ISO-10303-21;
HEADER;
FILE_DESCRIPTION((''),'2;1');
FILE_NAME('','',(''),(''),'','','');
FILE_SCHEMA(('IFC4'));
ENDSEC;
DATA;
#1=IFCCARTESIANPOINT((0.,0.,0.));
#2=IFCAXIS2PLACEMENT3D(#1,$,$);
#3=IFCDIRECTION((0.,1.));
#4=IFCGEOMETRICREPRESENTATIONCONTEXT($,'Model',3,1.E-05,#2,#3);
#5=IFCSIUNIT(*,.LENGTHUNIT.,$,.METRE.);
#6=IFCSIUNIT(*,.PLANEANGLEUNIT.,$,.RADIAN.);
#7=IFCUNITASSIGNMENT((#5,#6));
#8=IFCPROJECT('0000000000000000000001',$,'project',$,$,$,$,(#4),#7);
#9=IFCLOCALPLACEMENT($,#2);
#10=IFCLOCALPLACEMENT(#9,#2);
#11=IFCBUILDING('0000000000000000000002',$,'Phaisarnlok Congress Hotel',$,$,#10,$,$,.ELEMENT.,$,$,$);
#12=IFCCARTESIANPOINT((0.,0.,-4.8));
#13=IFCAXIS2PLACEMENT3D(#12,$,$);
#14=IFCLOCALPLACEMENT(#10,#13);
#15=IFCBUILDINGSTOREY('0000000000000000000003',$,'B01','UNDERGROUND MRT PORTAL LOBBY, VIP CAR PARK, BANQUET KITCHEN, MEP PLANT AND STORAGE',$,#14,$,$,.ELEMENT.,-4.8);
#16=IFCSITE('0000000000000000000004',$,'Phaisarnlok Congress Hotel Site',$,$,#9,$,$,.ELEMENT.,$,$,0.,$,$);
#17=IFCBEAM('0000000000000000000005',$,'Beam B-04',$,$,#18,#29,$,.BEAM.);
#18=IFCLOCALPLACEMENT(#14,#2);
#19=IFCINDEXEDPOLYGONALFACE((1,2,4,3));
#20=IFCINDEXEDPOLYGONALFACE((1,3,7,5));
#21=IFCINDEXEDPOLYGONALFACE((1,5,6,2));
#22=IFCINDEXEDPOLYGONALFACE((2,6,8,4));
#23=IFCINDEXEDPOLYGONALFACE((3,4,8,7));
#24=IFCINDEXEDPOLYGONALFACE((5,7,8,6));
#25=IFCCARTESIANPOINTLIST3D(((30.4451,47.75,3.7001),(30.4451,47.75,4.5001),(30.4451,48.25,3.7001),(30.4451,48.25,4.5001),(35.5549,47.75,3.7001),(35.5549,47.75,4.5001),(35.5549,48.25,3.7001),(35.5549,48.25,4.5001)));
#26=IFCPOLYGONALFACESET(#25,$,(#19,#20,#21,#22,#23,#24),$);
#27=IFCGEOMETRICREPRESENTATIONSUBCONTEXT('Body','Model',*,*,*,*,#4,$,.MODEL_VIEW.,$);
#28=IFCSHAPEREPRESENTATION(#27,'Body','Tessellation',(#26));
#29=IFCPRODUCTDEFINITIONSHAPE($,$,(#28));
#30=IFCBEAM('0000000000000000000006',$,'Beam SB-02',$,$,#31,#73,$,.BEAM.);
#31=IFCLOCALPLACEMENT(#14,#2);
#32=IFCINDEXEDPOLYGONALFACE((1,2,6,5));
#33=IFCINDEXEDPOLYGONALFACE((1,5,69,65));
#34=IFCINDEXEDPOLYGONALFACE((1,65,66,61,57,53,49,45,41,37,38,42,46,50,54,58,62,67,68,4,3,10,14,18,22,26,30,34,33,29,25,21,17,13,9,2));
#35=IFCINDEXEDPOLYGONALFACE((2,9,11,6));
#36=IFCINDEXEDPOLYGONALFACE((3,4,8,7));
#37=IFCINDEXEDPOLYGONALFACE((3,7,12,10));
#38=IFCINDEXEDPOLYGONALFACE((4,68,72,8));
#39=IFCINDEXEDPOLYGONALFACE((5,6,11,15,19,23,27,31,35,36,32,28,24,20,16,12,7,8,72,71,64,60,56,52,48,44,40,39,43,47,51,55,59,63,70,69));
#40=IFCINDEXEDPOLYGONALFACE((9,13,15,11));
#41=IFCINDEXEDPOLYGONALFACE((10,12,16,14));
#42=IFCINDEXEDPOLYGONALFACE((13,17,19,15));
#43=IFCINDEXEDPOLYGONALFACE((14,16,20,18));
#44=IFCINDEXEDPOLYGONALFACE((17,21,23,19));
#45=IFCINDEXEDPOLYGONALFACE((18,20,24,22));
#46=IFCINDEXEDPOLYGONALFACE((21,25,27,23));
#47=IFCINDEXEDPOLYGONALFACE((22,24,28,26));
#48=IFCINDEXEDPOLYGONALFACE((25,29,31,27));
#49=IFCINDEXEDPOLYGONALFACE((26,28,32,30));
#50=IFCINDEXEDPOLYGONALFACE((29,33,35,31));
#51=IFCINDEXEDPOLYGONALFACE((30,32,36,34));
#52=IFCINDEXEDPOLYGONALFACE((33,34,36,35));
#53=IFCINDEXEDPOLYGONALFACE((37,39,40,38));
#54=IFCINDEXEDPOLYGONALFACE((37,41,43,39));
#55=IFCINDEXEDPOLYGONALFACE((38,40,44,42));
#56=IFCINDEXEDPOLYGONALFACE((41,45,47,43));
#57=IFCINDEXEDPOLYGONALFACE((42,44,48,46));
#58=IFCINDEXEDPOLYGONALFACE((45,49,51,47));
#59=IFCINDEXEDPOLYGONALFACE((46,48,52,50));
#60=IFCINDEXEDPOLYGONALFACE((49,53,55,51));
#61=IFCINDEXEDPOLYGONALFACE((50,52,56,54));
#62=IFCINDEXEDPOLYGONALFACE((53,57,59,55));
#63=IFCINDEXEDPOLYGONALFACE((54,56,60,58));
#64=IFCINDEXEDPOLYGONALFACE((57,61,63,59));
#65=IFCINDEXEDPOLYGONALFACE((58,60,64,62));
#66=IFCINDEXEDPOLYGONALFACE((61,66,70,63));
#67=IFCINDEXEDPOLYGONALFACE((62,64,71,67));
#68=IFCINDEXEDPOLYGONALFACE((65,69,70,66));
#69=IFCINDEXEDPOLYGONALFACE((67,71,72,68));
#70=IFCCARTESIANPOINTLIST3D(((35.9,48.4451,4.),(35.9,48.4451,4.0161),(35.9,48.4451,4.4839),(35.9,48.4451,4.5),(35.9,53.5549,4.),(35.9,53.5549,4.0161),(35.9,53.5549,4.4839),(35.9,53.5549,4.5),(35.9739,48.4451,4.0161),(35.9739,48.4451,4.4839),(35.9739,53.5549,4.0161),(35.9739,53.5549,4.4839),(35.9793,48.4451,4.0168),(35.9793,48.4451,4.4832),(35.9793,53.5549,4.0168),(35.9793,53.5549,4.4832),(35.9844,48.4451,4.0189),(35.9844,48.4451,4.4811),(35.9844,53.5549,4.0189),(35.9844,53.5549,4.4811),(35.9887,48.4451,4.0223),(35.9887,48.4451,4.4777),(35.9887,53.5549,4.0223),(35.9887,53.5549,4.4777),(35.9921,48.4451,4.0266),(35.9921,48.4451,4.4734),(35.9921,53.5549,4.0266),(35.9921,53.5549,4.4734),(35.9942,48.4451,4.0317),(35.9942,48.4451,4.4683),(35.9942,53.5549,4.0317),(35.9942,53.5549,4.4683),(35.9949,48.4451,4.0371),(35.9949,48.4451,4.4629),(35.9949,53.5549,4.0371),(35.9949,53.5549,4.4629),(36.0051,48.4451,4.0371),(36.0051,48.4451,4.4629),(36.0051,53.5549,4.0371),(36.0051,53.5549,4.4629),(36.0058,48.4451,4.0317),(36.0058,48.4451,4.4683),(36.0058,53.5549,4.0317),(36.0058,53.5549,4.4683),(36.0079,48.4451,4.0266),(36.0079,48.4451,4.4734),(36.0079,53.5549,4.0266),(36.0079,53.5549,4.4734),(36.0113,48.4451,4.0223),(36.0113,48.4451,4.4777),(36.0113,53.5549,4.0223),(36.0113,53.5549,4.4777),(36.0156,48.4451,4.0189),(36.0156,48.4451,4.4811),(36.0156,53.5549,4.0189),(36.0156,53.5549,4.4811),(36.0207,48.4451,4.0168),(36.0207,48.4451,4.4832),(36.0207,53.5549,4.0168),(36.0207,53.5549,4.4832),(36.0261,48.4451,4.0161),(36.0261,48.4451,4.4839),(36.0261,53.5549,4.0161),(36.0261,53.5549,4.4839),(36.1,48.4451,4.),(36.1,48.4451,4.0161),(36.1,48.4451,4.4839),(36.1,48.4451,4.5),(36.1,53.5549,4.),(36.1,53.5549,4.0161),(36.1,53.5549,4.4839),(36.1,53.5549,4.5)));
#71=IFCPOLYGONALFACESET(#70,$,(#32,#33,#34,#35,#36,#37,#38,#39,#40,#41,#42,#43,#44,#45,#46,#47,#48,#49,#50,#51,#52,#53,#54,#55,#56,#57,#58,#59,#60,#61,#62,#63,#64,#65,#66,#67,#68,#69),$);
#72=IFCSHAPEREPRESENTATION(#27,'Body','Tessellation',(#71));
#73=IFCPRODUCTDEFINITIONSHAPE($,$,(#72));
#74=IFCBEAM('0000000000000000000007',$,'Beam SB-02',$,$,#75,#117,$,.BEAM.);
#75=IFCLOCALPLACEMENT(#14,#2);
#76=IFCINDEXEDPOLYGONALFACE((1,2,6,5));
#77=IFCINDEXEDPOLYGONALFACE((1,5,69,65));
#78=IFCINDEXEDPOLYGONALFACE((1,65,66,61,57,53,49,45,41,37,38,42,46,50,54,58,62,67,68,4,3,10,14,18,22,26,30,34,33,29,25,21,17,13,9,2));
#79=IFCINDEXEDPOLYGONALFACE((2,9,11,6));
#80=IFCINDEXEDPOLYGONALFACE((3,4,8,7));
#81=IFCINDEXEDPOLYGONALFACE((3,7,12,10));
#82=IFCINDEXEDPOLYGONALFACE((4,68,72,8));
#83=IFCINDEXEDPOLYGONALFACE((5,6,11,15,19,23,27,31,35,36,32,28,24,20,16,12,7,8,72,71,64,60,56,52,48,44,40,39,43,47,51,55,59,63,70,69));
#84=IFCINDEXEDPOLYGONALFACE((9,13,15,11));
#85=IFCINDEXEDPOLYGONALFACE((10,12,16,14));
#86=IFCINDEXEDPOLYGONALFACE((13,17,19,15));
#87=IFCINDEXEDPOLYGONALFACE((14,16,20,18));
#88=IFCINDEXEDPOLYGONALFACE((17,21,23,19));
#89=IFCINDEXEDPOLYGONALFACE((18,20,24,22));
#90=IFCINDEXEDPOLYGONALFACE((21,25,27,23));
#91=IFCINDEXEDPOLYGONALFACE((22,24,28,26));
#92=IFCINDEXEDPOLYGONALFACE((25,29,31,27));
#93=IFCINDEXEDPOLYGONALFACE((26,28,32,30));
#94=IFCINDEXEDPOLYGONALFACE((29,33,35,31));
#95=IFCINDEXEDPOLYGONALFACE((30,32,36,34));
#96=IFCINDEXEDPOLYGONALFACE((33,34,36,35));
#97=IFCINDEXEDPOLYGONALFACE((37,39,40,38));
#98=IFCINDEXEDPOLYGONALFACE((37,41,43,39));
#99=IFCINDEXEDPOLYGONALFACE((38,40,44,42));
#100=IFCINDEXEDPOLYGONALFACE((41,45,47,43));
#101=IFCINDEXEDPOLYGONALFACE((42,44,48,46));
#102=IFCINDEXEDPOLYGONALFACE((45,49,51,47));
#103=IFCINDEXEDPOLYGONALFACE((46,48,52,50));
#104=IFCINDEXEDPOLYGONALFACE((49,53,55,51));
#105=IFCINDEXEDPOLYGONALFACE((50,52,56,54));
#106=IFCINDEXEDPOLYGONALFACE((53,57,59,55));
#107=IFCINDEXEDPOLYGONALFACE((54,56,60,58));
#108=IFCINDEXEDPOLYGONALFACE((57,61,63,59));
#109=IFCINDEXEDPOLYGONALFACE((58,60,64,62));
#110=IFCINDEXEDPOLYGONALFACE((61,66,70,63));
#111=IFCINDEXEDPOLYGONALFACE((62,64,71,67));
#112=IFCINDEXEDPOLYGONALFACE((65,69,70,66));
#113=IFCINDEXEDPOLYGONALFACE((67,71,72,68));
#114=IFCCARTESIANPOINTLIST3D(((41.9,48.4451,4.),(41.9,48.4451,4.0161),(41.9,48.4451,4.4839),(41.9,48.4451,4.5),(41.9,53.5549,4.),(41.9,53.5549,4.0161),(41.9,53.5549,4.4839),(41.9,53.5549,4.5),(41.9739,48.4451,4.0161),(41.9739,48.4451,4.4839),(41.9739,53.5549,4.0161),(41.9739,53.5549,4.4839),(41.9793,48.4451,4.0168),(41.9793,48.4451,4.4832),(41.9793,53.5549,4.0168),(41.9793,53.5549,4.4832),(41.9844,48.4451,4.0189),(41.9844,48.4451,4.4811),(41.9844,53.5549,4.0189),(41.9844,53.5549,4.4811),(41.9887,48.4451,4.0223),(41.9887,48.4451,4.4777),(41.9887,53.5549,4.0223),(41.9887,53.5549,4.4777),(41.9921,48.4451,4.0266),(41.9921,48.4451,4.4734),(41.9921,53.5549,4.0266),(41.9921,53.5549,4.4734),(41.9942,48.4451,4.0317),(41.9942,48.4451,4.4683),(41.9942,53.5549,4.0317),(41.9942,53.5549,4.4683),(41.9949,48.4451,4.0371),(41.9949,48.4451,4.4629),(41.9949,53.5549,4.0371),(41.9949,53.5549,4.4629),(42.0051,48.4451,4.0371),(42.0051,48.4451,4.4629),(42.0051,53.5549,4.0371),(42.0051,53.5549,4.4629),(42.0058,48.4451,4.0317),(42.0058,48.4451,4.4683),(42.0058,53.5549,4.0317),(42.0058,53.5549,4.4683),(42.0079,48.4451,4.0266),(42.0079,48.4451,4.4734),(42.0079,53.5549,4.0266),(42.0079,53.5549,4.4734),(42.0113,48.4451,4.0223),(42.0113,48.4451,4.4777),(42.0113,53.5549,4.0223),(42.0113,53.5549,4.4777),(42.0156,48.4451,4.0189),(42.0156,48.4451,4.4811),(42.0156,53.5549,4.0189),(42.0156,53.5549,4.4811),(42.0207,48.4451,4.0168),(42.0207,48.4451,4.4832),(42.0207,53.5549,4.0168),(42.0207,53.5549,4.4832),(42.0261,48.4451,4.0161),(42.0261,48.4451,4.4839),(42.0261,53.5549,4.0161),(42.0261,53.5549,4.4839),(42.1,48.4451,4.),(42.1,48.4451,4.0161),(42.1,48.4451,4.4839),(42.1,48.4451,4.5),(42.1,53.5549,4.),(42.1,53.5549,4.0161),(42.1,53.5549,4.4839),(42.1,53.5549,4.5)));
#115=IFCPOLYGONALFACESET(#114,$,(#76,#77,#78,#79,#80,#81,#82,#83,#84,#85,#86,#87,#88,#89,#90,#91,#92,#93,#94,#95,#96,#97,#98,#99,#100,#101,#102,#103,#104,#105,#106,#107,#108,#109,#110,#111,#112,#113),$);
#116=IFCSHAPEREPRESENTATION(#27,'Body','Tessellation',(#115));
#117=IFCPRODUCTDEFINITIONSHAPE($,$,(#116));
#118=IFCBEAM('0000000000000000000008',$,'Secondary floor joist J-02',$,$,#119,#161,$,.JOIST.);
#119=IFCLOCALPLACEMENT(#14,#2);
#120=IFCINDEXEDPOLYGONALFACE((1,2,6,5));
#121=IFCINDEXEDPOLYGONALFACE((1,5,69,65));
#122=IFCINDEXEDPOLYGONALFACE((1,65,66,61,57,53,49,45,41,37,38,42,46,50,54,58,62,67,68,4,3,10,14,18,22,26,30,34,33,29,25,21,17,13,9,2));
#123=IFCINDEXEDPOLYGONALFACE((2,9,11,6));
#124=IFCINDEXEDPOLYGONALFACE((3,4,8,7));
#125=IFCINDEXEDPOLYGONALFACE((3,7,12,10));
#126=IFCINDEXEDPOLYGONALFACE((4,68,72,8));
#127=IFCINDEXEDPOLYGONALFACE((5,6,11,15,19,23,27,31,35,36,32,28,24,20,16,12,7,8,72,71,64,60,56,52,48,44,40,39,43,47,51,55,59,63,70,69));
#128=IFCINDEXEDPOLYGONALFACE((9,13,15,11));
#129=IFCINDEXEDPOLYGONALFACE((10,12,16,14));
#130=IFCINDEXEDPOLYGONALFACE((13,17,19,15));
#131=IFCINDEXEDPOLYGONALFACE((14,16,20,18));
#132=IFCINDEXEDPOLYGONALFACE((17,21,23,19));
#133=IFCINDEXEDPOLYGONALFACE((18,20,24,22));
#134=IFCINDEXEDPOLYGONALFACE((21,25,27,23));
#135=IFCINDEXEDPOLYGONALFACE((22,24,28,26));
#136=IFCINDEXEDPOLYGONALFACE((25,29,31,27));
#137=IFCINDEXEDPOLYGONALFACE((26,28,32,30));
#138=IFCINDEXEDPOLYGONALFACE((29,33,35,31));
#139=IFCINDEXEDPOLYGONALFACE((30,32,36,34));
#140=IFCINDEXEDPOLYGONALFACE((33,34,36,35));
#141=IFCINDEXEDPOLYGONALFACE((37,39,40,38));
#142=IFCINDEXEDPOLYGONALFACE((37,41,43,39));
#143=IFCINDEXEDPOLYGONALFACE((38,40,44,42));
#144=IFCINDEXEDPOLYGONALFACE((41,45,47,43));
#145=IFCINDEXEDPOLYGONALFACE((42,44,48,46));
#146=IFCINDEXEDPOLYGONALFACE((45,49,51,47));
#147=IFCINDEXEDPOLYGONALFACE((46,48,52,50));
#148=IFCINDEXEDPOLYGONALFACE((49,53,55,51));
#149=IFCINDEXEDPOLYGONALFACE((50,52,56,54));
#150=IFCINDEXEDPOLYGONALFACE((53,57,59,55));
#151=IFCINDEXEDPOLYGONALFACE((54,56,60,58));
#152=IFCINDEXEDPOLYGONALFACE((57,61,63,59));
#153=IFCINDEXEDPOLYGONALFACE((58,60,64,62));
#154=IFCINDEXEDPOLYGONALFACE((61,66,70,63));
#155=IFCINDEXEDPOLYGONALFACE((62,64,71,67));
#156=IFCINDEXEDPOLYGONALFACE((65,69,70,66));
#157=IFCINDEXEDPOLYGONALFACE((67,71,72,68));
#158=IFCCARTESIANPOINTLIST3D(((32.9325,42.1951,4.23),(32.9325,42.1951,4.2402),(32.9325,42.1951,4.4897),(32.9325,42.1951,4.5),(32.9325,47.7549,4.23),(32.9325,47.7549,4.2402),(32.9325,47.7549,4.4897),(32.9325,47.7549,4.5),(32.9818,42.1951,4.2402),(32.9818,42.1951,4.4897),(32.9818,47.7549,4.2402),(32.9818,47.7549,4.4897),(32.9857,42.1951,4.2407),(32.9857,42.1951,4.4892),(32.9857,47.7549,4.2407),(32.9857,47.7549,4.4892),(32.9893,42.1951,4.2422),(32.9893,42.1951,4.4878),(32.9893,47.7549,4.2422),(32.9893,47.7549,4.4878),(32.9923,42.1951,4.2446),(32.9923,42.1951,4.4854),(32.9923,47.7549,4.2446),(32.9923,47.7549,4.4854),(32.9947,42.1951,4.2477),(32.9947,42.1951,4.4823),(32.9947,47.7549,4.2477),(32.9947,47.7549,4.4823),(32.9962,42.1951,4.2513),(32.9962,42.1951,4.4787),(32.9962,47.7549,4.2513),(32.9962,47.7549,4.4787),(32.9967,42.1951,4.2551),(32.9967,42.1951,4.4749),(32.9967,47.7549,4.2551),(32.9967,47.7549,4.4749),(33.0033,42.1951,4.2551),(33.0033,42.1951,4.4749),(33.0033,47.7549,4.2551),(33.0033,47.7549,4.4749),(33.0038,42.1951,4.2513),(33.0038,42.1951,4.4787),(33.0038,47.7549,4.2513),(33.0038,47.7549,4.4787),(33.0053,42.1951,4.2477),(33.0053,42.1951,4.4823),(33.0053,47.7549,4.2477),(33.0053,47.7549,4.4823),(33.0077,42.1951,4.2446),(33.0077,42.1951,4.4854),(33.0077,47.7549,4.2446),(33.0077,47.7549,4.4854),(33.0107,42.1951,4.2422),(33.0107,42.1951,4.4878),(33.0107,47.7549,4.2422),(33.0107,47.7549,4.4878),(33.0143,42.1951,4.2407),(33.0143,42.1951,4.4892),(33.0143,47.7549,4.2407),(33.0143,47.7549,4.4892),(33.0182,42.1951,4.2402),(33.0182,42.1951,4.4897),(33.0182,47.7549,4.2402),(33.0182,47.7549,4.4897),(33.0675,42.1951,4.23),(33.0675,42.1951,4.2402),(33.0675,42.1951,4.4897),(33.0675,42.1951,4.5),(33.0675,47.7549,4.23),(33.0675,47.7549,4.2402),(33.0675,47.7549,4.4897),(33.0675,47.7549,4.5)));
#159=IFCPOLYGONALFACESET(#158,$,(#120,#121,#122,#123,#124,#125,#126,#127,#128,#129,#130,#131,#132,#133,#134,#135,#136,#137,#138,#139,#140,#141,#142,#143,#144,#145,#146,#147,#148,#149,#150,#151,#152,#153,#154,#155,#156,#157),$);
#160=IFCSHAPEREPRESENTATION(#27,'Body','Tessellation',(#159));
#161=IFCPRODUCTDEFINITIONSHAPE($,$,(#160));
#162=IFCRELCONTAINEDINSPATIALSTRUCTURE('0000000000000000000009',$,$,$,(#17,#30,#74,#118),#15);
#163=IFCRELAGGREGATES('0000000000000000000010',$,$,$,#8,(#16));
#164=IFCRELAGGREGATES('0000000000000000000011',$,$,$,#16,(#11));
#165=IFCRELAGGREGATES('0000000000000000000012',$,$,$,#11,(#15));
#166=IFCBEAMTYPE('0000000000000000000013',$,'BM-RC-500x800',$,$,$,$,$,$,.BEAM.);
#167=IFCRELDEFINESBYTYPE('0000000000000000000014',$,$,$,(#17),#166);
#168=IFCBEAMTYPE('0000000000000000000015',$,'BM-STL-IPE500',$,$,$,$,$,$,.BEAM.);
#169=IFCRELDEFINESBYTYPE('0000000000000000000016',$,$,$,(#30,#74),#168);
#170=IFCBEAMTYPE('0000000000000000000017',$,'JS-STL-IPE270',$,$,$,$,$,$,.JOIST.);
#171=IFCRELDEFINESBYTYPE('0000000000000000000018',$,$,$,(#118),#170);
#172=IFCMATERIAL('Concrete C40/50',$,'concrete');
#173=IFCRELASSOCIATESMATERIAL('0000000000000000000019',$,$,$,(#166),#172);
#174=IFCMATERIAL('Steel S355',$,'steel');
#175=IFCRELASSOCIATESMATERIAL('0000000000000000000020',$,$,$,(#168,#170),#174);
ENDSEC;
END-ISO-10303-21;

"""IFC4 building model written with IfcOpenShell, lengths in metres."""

from ifc_helpers import new_model, si_unit, direction, frame, origin, origin_2d, place, context, subcontext, project, spatial, rectangle, i_section, extrude, material, material_profile, profile_set, type_object, element, save


model = new_model("IFC4")

# Units and contexts
model_context = context("Model", 3, precision=1e-05, world=origin(), true_north=direction((0.0, 1.0)))
body_context = subcontext(model_context, "Body", "Model", "MODEL_VIEW")
ifc_project = project(units=[si_unit("LENGTHUNIT", "METRE"), si_unit("PLANEANGLEUNIT", "RADIAN")], contexts=[model_context])

# Site, building, storey
site_placement = place(None, origin())
site = spatial("IfcSite", under=ifc_project, at=site_placement, Name="Phaisarnlok Congress Hotel Site", CompositionType="ELEMENT", RefElevation=0.0)
building_placement = place(site_placement, origin())
building = spatial("IfcBuilding", under=site, at=building_placement, Name="Phaisarnlok Congress Hotel", CompositionType="ELEMENT")
storey_placement = place(building_placement, frame((0.0, 0.0, -4.8)))
storey = spatial("IfcBuildingStorey", under=building, at=storey_placement, Name="B01", Description="UNDERGROUND MRT PORTAL LOBBY, VIP CAR PARK, BANQUET KITCHEN, MEP PLANT AND STORAGE", CompositionType="ELEMENT", Elevation=-4.8)

# Shared definitions
ifc_material_1 = material(Name="Concrete C40/50", Category="concrete")

# Beams
ifc_material_profile_1 = material_profile(ifc_material_1, rectangle(XDim=0.5, YDim=0.8, at=origin_2d()), Name="RC 500x800")
ifc_profile_set_1 = profile_set([ifc_material_profile_1], Name="Concrete C40/50")
beam_type_1 = type_object("IfcBeamType", Name="BM-RC-500x800", PredefinedType="BEAM", material=ifc_profile_set_1)
beam_1_placement = place(storey_placement, frame((30.4451, 48.0, 4.1001), z_axis=(1.0, 0.0, 0.0), x_axis=(0.0, 1.0, 0.0)))
element("IfcBeam", 1, at=beam_1_placement, inside=storey, type_object=beam_type_1, Name="Beam B-04", PredefinedType="BEAM", context=body_context, shape_type="SweptSolid", body=[
    extrude(rectangle(XDim=0.5, YDim=0.8, at=origin_2d()), origin(), (0.0, 0.0, 1.0), 5.1099),
])
ifc_material_2 = material(Name="Steel S355", Category="steel")
ifc_material_profile_2 = material_profile(ifc_material_2, i_section(OverallWidth=0.2, OverallDepth=0.5, WebThickness=0.0103, FlangeThickness=0.0161, FilletRadius=0.021, at=origin_2d()), Name="IPE 500")
ifc_profile_set_2 = profile_set([ifc_material_profile_2], Name="Steel S355")
beam_type_2 = type_object("IfcBeamType", Name="BM-STL-IPE500", PredefinedType="BEAM", material=ifc_profile_set_2)
for number, where, z_axis, x_axis, name in (
    (2, (36.0, 48.4451, 4.25), (0.0, 1.0, 0.0), (-1.0, 0.0, 0.0), "Beam SB-02"),
    (3, (42.0, 48.4451, 4.25), (0.0, 1.0, 0.0), (-1.0, 0.0, 0.0), "Beam SB-02"),
):
    element("IfcBeam", number, at=place(storey_placement, frame(where, z_axis=z_axis, x_axis=x_axis)), inside=storey, type_object=beam_type_2, Name=name, PredefinedType="BEAM", context=body_context, shape_type="SweptSolid", body=[
        extrude(i_section(OverallWidth=0.2, OverallDepth=0.5, WebThickness=0.0103, FlangeThickness=0.0161, FilletRadius=0.021, at=origin_2d()), origin(), (0.0, 0.0, 1.0), 5.1099),
    ])
ifc_material_profile_3 = material_profile(ifc_material_2, i_section(OverallWidth=0.135, OverallDepth=0.27, WebThickness=0.0066, FlangeThickness=0.0103, FilletRadius=0.0149, at=origin_2d()), Name="IPE 270")
ifc_profile_set_3 = profile_set([ifc_material_profile_3], Name="Steel S355")
beam_type_3 = type_object("IfcBeamType", Name="JS-STL-IPE270", PredefinedType="JOIST", material=ifc_profile_set_3)
beam_2_placement = place(storey_placement, frame((33.0, 42.1951, 4.365), z_axis=(0.0, 1.0, 0.0), x_axis=(-1.0, 0.0, 0.0)))
element("IfcBeam", 4, at=beam_2_placement, inside=storey, type_object=beam_type_3, Name="Secondary floor joist J-02", PredefinedType="JOIST", context=body_context, shape_type="SweptSolid", body=[
    extrude(i_section(OverallWidth=0.135, OverallDepth=0.27, WebThickness=0.0066, FlangeThickness=0.0103, FilletRadius=0.0149, at=origin_2d()), origin(), (0.0, 0.0, 1.0), 5.5598),
])

save(model, "model.ifc")
